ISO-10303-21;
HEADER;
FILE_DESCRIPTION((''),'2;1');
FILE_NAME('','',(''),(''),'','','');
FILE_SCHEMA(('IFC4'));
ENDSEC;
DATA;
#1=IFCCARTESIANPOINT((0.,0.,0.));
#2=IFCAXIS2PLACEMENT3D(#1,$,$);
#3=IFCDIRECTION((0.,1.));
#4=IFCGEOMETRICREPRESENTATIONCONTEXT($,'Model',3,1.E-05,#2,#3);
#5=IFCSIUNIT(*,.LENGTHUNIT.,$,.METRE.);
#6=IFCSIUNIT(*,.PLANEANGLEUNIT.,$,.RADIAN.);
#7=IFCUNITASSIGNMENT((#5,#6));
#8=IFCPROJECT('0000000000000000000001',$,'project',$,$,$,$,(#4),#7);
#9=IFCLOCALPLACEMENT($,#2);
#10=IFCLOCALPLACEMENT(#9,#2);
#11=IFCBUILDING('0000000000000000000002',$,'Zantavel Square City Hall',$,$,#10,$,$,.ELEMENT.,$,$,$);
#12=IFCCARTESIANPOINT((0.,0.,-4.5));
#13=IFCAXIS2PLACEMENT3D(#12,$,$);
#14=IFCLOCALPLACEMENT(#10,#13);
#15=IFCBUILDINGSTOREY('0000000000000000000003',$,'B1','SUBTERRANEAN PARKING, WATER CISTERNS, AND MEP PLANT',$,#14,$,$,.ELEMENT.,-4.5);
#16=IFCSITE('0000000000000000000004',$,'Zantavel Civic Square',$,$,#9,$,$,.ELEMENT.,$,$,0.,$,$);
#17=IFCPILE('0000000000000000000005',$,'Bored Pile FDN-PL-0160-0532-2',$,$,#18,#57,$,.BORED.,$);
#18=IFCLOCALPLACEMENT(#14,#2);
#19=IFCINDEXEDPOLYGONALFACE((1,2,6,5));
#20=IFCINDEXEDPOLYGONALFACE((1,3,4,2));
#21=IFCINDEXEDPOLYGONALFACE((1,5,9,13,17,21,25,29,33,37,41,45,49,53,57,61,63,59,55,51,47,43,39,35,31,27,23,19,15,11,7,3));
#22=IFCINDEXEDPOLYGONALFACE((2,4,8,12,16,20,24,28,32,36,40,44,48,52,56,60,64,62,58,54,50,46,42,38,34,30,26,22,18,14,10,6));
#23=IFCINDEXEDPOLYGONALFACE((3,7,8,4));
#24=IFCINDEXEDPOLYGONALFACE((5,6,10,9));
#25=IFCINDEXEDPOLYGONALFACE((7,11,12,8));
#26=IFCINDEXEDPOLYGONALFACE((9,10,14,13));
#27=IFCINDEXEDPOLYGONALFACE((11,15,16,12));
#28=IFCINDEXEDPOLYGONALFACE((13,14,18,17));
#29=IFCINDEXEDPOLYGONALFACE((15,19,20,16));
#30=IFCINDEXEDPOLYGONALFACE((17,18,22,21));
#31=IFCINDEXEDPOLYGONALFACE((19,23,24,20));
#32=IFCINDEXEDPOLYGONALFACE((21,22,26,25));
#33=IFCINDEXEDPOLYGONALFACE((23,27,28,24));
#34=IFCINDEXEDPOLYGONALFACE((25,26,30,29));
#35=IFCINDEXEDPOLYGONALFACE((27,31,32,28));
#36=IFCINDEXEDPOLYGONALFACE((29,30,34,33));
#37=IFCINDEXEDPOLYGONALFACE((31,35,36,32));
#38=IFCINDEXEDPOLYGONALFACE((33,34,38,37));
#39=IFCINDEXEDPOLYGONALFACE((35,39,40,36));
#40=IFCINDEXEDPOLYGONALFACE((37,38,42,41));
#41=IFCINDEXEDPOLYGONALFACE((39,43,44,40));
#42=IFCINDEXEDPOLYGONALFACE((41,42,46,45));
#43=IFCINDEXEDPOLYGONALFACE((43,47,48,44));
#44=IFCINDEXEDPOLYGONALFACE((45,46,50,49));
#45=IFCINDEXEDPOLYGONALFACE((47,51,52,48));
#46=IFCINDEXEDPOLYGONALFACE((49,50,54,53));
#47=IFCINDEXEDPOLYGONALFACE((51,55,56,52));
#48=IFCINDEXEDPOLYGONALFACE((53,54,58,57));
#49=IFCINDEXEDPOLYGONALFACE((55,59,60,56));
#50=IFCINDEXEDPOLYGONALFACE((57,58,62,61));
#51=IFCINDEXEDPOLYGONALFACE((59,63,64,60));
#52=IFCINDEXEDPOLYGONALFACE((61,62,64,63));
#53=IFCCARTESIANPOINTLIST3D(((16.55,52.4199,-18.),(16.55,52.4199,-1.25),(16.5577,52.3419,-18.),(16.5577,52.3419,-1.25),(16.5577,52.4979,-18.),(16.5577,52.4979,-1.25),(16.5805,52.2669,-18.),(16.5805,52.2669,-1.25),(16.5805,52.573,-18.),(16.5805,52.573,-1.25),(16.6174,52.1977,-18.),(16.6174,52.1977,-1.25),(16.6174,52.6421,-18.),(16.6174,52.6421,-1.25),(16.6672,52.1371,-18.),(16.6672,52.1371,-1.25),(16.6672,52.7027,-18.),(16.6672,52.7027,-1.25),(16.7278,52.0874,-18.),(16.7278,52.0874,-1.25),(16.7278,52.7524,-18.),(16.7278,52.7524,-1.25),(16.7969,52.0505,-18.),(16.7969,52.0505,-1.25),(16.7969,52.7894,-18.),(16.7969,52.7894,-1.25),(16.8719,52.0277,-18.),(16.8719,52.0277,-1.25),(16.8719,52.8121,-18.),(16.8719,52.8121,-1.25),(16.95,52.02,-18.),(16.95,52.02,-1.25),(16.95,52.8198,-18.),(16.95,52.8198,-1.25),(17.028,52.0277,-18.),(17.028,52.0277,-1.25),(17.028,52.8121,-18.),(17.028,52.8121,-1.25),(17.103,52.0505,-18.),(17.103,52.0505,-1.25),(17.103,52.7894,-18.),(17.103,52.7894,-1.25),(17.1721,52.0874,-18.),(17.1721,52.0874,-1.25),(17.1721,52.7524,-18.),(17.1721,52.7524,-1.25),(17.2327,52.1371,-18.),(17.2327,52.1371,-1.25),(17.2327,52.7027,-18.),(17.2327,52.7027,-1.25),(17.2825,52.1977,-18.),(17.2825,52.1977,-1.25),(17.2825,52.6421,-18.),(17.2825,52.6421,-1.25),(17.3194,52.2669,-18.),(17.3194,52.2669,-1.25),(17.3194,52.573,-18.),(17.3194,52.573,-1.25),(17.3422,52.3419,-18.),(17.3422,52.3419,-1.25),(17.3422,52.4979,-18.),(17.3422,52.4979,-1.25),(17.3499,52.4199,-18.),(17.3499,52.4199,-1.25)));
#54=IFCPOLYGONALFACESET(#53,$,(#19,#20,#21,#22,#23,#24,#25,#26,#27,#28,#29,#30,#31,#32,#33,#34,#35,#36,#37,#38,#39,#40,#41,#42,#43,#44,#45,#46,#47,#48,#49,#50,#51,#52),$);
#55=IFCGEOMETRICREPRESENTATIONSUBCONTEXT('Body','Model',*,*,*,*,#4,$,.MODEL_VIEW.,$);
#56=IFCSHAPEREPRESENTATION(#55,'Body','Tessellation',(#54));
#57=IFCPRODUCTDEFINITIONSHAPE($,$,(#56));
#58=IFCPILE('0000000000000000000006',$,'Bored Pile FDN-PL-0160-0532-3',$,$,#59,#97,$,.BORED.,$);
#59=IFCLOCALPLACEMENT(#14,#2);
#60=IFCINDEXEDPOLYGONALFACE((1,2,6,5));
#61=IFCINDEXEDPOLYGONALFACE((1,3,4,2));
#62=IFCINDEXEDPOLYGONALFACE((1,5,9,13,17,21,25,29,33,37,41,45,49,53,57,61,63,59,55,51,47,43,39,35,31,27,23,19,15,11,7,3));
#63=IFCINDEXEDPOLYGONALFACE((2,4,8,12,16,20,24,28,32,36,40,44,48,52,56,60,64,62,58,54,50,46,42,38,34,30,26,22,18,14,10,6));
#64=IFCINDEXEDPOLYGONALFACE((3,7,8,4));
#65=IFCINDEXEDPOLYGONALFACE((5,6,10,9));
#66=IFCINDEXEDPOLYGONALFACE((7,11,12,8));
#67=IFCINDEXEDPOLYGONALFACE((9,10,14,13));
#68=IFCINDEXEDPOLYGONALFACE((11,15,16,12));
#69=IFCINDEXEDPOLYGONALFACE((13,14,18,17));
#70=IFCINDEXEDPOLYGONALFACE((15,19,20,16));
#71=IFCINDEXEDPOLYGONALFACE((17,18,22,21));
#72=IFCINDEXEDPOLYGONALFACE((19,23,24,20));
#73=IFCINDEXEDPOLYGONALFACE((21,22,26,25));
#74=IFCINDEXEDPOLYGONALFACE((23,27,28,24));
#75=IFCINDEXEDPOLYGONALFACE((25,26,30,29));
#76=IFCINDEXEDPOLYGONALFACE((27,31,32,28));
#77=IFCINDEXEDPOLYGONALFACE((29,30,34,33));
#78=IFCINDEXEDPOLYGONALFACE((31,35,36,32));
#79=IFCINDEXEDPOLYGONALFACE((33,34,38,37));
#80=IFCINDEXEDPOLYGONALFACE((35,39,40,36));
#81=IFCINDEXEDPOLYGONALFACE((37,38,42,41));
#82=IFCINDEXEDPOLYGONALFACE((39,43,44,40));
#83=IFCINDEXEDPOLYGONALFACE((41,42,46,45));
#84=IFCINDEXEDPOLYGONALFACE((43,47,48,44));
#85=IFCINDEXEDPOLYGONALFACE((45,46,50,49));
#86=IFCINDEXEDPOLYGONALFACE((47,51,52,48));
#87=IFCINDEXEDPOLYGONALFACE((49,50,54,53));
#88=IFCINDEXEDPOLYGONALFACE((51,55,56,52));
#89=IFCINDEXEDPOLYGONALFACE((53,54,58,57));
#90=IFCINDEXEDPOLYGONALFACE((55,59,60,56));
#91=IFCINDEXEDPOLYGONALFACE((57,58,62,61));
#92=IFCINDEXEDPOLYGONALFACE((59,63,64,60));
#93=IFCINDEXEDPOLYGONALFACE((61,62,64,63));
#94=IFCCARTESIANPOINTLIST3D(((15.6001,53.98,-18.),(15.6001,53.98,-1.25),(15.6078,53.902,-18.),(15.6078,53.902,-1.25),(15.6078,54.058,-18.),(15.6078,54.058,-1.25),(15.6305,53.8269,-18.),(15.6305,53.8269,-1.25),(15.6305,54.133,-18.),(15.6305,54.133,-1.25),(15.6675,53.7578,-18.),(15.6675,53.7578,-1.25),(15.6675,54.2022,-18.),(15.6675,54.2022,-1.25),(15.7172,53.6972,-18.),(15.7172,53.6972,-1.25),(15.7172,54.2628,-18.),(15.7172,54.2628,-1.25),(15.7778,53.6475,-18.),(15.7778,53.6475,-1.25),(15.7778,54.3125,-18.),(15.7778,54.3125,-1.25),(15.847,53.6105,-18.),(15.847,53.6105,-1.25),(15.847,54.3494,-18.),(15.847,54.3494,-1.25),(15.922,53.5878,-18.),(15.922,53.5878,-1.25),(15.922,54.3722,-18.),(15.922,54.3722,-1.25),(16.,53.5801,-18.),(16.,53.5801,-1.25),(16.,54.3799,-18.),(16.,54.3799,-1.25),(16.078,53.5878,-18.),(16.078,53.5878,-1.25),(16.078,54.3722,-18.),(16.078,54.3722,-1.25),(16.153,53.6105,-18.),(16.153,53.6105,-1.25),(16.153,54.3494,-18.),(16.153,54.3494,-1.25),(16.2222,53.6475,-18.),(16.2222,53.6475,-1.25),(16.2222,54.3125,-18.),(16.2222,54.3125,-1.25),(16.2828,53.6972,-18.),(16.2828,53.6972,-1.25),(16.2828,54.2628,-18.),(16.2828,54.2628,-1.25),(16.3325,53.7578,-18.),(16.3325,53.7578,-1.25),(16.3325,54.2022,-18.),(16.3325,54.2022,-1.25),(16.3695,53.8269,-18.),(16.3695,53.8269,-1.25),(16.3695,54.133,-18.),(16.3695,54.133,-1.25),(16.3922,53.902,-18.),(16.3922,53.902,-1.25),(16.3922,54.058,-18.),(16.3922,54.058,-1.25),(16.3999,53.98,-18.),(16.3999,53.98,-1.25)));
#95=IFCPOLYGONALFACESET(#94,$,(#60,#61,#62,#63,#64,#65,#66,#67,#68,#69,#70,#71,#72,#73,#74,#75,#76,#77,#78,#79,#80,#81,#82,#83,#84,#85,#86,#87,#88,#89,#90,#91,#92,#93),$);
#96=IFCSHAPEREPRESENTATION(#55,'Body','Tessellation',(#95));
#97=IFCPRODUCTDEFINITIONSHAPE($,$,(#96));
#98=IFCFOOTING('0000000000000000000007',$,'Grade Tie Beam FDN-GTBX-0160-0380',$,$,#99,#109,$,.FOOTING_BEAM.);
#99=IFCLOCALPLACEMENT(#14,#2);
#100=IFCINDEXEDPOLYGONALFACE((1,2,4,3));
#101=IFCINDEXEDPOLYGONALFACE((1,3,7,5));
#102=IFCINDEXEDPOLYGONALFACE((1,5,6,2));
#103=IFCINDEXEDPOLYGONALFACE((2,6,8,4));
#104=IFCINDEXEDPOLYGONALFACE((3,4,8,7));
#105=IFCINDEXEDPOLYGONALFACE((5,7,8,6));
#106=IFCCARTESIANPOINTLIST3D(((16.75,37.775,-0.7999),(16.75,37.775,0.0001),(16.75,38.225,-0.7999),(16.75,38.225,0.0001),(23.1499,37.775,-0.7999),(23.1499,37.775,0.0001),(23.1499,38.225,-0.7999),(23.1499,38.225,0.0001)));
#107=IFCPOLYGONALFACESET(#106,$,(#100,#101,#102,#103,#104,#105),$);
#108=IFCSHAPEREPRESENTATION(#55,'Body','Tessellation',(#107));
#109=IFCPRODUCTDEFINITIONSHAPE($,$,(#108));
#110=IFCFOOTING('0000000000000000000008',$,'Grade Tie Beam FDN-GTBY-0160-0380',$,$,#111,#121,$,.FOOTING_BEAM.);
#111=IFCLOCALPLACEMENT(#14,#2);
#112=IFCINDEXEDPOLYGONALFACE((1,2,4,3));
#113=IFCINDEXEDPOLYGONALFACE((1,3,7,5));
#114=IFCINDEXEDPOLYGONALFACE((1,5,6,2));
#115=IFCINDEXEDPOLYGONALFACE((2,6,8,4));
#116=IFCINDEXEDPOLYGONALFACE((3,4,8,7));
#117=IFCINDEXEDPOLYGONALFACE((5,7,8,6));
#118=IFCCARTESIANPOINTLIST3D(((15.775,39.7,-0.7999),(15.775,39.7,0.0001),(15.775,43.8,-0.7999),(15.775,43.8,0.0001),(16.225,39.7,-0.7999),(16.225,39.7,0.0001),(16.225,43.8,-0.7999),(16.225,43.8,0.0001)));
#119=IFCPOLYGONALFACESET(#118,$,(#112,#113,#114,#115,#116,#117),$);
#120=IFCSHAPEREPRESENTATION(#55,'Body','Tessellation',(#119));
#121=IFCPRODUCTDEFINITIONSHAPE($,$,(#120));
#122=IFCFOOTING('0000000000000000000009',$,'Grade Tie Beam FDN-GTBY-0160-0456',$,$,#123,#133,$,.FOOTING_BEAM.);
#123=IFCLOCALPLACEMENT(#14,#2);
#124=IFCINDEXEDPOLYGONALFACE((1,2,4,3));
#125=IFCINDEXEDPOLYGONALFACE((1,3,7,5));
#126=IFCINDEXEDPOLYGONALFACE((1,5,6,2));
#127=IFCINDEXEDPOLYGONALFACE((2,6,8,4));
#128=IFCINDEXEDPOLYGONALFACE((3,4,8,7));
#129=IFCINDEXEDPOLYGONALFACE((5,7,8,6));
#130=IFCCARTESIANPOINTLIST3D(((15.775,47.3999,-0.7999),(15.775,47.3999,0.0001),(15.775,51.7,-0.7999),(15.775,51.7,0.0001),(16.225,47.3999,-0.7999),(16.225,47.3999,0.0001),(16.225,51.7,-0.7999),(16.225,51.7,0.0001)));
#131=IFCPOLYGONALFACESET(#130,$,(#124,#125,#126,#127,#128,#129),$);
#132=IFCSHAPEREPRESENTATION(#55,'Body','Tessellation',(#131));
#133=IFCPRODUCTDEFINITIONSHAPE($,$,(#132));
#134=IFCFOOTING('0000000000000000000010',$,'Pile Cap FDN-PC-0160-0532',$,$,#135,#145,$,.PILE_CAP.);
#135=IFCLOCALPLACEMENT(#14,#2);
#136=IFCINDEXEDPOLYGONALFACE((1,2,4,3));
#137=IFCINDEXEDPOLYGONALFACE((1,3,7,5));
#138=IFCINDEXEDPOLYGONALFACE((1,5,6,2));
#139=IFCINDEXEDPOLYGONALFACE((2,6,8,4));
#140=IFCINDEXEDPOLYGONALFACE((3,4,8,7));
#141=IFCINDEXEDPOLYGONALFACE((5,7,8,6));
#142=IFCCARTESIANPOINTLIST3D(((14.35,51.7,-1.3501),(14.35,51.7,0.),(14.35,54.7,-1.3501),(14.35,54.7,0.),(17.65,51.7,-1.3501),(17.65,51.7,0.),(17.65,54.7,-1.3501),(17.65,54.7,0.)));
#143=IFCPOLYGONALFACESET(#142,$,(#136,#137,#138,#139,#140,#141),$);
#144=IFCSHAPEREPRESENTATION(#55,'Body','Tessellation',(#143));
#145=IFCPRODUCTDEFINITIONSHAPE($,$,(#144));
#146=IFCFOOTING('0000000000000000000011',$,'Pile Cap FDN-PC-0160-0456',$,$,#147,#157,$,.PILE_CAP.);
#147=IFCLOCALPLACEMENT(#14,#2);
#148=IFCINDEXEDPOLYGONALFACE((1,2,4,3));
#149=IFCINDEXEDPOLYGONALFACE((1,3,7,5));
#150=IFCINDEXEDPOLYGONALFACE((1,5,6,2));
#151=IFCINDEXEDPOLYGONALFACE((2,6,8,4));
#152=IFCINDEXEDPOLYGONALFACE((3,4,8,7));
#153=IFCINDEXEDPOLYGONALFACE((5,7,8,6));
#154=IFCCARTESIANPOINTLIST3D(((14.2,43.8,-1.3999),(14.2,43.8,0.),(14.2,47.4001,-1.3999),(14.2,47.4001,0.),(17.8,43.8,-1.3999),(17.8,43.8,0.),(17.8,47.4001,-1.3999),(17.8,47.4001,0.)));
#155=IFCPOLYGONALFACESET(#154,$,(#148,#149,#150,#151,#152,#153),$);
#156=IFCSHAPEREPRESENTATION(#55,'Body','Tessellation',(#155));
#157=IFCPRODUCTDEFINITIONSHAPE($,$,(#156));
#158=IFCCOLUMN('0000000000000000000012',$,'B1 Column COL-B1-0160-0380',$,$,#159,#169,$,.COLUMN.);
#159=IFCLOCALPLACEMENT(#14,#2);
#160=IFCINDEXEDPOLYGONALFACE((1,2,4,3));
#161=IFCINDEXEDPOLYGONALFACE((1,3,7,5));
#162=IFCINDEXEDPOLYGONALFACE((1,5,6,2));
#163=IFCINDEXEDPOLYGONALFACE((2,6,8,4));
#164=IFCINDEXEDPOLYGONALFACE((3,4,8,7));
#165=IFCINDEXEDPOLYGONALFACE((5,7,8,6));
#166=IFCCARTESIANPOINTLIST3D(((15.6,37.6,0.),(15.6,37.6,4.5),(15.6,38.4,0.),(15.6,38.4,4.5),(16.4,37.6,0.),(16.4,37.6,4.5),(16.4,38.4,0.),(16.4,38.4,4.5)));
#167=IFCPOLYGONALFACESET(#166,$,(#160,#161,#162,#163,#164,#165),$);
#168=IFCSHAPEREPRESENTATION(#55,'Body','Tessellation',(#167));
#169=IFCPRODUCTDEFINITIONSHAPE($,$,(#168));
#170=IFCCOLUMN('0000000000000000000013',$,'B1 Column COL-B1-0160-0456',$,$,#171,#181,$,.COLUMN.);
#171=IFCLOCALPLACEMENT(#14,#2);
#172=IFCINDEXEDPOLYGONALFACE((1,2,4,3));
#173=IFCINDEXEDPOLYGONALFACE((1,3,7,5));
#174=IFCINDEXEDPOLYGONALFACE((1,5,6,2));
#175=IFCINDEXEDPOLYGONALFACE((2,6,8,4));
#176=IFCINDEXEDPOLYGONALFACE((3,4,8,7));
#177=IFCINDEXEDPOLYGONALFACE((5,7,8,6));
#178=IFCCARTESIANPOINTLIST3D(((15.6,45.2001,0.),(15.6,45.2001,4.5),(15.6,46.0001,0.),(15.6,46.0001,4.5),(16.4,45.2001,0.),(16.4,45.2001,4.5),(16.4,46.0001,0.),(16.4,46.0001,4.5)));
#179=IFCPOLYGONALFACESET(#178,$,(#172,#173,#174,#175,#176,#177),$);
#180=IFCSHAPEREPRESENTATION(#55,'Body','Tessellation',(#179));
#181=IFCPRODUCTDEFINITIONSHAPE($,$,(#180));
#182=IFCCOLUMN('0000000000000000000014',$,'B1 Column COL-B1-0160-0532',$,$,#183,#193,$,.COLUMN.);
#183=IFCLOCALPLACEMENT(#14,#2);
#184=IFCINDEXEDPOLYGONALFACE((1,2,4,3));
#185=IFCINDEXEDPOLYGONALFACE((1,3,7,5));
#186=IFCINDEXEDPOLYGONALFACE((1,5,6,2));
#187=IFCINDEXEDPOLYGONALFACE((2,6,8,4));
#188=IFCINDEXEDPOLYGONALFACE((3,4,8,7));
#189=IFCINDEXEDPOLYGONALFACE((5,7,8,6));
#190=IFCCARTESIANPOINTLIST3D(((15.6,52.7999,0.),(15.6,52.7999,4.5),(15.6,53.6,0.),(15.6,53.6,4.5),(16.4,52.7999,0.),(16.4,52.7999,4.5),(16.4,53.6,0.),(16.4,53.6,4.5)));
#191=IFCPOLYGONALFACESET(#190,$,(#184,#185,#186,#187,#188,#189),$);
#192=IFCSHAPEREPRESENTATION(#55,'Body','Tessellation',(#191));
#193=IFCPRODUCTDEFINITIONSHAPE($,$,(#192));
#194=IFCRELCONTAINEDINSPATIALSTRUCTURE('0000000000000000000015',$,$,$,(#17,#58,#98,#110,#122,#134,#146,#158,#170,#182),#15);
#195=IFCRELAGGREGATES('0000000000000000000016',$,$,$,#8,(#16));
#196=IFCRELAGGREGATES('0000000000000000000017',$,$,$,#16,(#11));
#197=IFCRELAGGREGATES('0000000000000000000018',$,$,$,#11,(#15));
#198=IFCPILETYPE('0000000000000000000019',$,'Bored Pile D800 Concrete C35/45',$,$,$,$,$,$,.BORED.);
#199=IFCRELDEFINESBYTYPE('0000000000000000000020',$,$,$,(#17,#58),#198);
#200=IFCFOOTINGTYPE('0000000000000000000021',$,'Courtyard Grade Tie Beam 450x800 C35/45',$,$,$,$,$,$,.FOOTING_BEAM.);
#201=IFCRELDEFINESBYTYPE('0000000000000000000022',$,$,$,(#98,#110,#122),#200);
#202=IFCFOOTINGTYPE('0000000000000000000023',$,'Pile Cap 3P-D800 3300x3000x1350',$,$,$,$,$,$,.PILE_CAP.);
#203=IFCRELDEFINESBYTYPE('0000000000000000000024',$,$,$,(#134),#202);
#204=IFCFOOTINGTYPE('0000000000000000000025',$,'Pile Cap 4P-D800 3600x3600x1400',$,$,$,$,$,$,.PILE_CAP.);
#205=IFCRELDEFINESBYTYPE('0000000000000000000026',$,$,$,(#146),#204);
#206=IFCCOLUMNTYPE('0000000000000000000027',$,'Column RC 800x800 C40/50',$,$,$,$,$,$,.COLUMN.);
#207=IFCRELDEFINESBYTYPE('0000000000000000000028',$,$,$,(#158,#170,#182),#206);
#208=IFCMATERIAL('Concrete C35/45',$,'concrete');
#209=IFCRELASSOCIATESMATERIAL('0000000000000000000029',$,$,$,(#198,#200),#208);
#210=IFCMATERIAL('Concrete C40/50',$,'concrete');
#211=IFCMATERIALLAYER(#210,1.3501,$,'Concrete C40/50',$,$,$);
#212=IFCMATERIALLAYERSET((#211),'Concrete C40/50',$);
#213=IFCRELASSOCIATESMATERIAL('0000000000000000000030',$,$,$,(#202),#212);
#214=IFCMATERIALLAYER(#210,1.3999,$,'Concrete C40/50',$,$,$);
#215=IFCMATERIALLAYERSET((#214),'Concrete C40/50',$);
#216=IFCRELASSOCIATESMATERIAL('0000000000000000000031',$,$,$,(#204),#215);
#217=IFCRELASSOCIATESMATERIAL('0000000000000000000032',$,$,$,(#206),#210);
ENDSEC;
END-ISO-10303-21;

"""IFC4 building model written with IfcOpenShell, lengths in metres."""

from ifc_helpers import new_model, si_unit, direction, frame, origin, origin_2d, place, context, subcontext, project, spatial, rectangle, circle, extrude, material, layer, layer_set, material_profile, profile_set, type_object, element, save


model = new_model("IFC4")

# Units and contexts
model_context = context("Model", 3, precision=1e-05, world=origin(), true_north=direction((0.0, 1.0)))
body_context = subcontext(model_context, "Body", "Model", "MODEL_VIEW")
ifc_project = project(units=[si_unit("LENGTHUNIT", "METRE"), si_unit("PLANEANGLEUNIT", "RADIAN")], contexts=[model_context])

# Site, building, storey
site_placement = place(None, origin())
site = spatial("IfcSite", under=ifc_project, at=site_placement, Name="Zantavel Civic Square", CompositionType="ELEMENT", RefElevation=0.0)
building_placement = place(site_placement, origin())
building = spatial("IfcBuilding", under=site, at=building_placement, Name="Zantavel Square City Hall", CompositionType="ELEMENT")
storey_placement = place(building_placement, frame((0.0, 0.0, -4.5)))
storey = spatial("IfcBuildingStorey", under=building, at=storey_placement, Name="B1", Description="SUBTERRANEAN PARKING, WATER CISTERNS, AND MEP PLANT", CompositionType="ELEMENT", Elevation=-4.5)

# Piles
ifc_material_1 = material(Name="Concrete C35/45", Category="concrete")
ifc_material_profile_1 = material_profile(ifc_material_1, circle(Radius=0.3999, at=origin_2d()), Name="PILE D800")
ifc_profile_set_1 = profile_set([ifc_material_profile_1], Name="Concrete C35/45")
pile_type = type_object("IfcPileType", Name="Bored Pile D800 Concrete C35/45", PredefinedType="BORED", material=ifc_profile_set_1)
for number, where, z_axis, x_axis, name in (
    (1, (16.95, 52.4199, -1.25), (0.0, 0.0, -1.0), (1.0, 0.0, 0.0), "Bored Pile FDN-PL-0160-0532-2"),
    (2, (16.0, 53.98, -1.25), (0.0, 0.0, -1.0), (1.0, 0.0, 0.0), "Bored Pile FDN-PL-0160-0532-3"),
):
    element("IfcPile", number, at=place(storey_placement, frame(where, z_axis=z_axis, x_axis=x_axis)), inside=storey, type_object=pile_type, Name=name, PredefinedType="BORED", context=body_context, shape_type="SweptSolid", body=[
        extrude(circle(Radius=0.3999, at=origin_2d()), origin(), (0.0, 0.0, 1.0), 16.75),
    ])

# Footings
ifc_material_profile_2 = material_profile(ifc_material_1, rectangle(XDim=0.45, YDim=0.8, at=origin_2d()), Name="RC 450x800")
ifc_profile_set_2 = profile_set([ifc_material_profile_2], Name="Concrete C35/45")
footing_type_1 = type_object("IfcFootingType", Name="Courtyard Grade Tie Beam 450x800 C35/45", PredefinedType="FOOTING_BEAM", material=ifc_profile_set_2)
footing_1_placement = place(storey_placement, frame((16.75, 38.0, -0.3999), z_axis=(1.0, 0.0, 0.0), x_axis=(0.0, 1.0, 0.0)))
element("IfcFooting", 3, at=footing_1_placement, inside=storey, type_object=footing_type_1, Name="Grade Tie Beam FDN-GTBX-0160-0380", PredefinedType="FOOTING_BEAM", context=body_context, shape_type="SweptSolid", body=[
    extrude(rectangle(XDim=0.45, YDim=0.8, at=origin_2d()), origin(), (0.0, 0.0, 1.0), 6.3999),
])
footing_2_placement = place(storey_placement, frame((16.0, 39.7, -0.3999), z_axis=(0.0, 1.0, 0.0), x_axis=(-1.0, 0.0, 0.0)))
element("IfcFooting", 4, at=footing_2_placement, inside=storey, type_object=footing_type_1, Name="Grade Tie Beam FDN-GTBY-0160-0380", PredefinedType="FOOTING_BEAM", context=body_context, shape_type="SweptSolid", body=[
    extrude(rectangle(XDim=0.45, YDim=0.8, at=origin_2d()), origin(), (0.0, 0.0, 1.0), 4.1001),
])
footing_3_placement = place(storey_placement, frame((16.0, 47.3999, -0.3999), z_axis=(0.0, 1.0, 0.0), x_axis=(-1.0, 0.0, 0.0)))
element("IfcFooting", 5, at=footing_3_placement, inside=storey, type_object=footing_type_1, Name="Grade Tie Beam FDN-GTBY-0160-0456", PredefinedType="FOOTING_BEAM", context=body_context, shape_type="SweptSolid", body=[
    extrude(rectangle(XDim=0.45, YDim=0.8, at=origin_2d()), origin(), (0.0, 0.0, 1.0), 4.3),
])
ifc_material_2 = material(Name="Concrete C40/50", Category="concrete")
ifc_layer_1 = layer(ifc_material_2, 1.3501, Name="Concrete C40/50")
ifc_layer_set_1 = layer_set([ifc_layer_1], Name="Concrete C40/50")
footing_type_2 = type_object("IfcFootingType", Name="Pile Cap 3P-D800 3300x3000x1350", PredefinedType="PILE_CAP", material=ifc_layer_set_1)
footing_4_placement = place(storey_placement, frame((16.0, 53.2, -1.3501), z_axis=(0.0, 0.0, 1.0), x_axis=(1.0, 0.0, 0.0)))
element("IfcFooting", 6, at=footing_4_placement, inside=storey, type_object=footing_type_2, Name="Pile Cap FDN-PC-0160-0532", PredefinedType="PILE_CAP", context=body_context, shape_type="SweptSolid", body=[
    extrude(rectangle(XDim=3.3, YDim=3.0, at=origin_2d()), origin(), (0.0, 0.0, 1.0), 1.3501),
])
ifc_layer_2 = layer(ifc_material_2, 1.3999, Name="Concrete C40/50")
ifc_layer_set_2 = layer_set([ifc_layer_2], Name="Concrete C40/50")
footing_type_3 = type_object("IfcFootingType", Name="Pile Cap 4P-D800 3600x3600x1400", PredefinedType="PILE_CAP", material=ifc_layer_set_2)
footing_5_placement = place(storey_placement, frame((16.0, 45.6001, -1.3999), z_axis=(0.0, 0.0, 1.0), x_axis=(1.0, 0.0, 0.0)))
element("IfcFooting", 7, at=footing_5_placement, inside=storey, type_object=footing_type_3, Name="Pile Cap FDN-PC-0160-0456", PredefinedType="PILE_CAP", context=body_context, shape_type="SweptSolid", body=[
    extrude(rectangle(XDim=3.6001, YDim=3.6001, at=origin_2d()), origin(), (0.0, 0.0, 1.0), 1.3999),
])

# Columns
ifc_material_profile_3 = material_profile(ifc_material_2, rectangle(XDim=0.8, YDim=0.8, at=origin_2d()), Name="RC 800x800")
ifc_profile_set_3 = profile_set([ifc_material_profile_3], Name="Concrete C40/50")
column_type = type_object("IfcColumnType", Name="Column RC 800x800 C40/50", PredefinedType="COLUMN", material=ifc_profile_set_3)
for number, where, z_axis, x_axis, name in (
    (8, (16.0, 38.0, 0.0), (0.0, 0.0, 1.0), (1.0, 0.0, 0.0), "B1 Column COL-B1-0160-0380"),
    (9, (16.0, 45.6001, 0.0), (0.0, 0.0, 1.0), (1.0, 0.0, 0.0), "B1 Column COL-B1-0160-0456"),
    (10, (16.0, 53.2, 0.0), (0.0, 0.0, 1.0), (1.0, 0.0, 0.0), "B1 Column COL-B1-0160-0532"),
):
    element("IfcColumn", number, at=place(storey_placement, frame(where, z_axis=z_axis, x_axis=x_axis)), inside=storey, type_object=column_type, Name=name, PredefinedType="COLUMN", context=body_context, shape_type="SweptSolid", body=[
        extrude(rectangle(XDim=0.8, YDim=0.8, at=origin_2d()), origin(), (0.0, 0.0, 1.0), 4.5),
    ])

save(model, "model.ifc")
